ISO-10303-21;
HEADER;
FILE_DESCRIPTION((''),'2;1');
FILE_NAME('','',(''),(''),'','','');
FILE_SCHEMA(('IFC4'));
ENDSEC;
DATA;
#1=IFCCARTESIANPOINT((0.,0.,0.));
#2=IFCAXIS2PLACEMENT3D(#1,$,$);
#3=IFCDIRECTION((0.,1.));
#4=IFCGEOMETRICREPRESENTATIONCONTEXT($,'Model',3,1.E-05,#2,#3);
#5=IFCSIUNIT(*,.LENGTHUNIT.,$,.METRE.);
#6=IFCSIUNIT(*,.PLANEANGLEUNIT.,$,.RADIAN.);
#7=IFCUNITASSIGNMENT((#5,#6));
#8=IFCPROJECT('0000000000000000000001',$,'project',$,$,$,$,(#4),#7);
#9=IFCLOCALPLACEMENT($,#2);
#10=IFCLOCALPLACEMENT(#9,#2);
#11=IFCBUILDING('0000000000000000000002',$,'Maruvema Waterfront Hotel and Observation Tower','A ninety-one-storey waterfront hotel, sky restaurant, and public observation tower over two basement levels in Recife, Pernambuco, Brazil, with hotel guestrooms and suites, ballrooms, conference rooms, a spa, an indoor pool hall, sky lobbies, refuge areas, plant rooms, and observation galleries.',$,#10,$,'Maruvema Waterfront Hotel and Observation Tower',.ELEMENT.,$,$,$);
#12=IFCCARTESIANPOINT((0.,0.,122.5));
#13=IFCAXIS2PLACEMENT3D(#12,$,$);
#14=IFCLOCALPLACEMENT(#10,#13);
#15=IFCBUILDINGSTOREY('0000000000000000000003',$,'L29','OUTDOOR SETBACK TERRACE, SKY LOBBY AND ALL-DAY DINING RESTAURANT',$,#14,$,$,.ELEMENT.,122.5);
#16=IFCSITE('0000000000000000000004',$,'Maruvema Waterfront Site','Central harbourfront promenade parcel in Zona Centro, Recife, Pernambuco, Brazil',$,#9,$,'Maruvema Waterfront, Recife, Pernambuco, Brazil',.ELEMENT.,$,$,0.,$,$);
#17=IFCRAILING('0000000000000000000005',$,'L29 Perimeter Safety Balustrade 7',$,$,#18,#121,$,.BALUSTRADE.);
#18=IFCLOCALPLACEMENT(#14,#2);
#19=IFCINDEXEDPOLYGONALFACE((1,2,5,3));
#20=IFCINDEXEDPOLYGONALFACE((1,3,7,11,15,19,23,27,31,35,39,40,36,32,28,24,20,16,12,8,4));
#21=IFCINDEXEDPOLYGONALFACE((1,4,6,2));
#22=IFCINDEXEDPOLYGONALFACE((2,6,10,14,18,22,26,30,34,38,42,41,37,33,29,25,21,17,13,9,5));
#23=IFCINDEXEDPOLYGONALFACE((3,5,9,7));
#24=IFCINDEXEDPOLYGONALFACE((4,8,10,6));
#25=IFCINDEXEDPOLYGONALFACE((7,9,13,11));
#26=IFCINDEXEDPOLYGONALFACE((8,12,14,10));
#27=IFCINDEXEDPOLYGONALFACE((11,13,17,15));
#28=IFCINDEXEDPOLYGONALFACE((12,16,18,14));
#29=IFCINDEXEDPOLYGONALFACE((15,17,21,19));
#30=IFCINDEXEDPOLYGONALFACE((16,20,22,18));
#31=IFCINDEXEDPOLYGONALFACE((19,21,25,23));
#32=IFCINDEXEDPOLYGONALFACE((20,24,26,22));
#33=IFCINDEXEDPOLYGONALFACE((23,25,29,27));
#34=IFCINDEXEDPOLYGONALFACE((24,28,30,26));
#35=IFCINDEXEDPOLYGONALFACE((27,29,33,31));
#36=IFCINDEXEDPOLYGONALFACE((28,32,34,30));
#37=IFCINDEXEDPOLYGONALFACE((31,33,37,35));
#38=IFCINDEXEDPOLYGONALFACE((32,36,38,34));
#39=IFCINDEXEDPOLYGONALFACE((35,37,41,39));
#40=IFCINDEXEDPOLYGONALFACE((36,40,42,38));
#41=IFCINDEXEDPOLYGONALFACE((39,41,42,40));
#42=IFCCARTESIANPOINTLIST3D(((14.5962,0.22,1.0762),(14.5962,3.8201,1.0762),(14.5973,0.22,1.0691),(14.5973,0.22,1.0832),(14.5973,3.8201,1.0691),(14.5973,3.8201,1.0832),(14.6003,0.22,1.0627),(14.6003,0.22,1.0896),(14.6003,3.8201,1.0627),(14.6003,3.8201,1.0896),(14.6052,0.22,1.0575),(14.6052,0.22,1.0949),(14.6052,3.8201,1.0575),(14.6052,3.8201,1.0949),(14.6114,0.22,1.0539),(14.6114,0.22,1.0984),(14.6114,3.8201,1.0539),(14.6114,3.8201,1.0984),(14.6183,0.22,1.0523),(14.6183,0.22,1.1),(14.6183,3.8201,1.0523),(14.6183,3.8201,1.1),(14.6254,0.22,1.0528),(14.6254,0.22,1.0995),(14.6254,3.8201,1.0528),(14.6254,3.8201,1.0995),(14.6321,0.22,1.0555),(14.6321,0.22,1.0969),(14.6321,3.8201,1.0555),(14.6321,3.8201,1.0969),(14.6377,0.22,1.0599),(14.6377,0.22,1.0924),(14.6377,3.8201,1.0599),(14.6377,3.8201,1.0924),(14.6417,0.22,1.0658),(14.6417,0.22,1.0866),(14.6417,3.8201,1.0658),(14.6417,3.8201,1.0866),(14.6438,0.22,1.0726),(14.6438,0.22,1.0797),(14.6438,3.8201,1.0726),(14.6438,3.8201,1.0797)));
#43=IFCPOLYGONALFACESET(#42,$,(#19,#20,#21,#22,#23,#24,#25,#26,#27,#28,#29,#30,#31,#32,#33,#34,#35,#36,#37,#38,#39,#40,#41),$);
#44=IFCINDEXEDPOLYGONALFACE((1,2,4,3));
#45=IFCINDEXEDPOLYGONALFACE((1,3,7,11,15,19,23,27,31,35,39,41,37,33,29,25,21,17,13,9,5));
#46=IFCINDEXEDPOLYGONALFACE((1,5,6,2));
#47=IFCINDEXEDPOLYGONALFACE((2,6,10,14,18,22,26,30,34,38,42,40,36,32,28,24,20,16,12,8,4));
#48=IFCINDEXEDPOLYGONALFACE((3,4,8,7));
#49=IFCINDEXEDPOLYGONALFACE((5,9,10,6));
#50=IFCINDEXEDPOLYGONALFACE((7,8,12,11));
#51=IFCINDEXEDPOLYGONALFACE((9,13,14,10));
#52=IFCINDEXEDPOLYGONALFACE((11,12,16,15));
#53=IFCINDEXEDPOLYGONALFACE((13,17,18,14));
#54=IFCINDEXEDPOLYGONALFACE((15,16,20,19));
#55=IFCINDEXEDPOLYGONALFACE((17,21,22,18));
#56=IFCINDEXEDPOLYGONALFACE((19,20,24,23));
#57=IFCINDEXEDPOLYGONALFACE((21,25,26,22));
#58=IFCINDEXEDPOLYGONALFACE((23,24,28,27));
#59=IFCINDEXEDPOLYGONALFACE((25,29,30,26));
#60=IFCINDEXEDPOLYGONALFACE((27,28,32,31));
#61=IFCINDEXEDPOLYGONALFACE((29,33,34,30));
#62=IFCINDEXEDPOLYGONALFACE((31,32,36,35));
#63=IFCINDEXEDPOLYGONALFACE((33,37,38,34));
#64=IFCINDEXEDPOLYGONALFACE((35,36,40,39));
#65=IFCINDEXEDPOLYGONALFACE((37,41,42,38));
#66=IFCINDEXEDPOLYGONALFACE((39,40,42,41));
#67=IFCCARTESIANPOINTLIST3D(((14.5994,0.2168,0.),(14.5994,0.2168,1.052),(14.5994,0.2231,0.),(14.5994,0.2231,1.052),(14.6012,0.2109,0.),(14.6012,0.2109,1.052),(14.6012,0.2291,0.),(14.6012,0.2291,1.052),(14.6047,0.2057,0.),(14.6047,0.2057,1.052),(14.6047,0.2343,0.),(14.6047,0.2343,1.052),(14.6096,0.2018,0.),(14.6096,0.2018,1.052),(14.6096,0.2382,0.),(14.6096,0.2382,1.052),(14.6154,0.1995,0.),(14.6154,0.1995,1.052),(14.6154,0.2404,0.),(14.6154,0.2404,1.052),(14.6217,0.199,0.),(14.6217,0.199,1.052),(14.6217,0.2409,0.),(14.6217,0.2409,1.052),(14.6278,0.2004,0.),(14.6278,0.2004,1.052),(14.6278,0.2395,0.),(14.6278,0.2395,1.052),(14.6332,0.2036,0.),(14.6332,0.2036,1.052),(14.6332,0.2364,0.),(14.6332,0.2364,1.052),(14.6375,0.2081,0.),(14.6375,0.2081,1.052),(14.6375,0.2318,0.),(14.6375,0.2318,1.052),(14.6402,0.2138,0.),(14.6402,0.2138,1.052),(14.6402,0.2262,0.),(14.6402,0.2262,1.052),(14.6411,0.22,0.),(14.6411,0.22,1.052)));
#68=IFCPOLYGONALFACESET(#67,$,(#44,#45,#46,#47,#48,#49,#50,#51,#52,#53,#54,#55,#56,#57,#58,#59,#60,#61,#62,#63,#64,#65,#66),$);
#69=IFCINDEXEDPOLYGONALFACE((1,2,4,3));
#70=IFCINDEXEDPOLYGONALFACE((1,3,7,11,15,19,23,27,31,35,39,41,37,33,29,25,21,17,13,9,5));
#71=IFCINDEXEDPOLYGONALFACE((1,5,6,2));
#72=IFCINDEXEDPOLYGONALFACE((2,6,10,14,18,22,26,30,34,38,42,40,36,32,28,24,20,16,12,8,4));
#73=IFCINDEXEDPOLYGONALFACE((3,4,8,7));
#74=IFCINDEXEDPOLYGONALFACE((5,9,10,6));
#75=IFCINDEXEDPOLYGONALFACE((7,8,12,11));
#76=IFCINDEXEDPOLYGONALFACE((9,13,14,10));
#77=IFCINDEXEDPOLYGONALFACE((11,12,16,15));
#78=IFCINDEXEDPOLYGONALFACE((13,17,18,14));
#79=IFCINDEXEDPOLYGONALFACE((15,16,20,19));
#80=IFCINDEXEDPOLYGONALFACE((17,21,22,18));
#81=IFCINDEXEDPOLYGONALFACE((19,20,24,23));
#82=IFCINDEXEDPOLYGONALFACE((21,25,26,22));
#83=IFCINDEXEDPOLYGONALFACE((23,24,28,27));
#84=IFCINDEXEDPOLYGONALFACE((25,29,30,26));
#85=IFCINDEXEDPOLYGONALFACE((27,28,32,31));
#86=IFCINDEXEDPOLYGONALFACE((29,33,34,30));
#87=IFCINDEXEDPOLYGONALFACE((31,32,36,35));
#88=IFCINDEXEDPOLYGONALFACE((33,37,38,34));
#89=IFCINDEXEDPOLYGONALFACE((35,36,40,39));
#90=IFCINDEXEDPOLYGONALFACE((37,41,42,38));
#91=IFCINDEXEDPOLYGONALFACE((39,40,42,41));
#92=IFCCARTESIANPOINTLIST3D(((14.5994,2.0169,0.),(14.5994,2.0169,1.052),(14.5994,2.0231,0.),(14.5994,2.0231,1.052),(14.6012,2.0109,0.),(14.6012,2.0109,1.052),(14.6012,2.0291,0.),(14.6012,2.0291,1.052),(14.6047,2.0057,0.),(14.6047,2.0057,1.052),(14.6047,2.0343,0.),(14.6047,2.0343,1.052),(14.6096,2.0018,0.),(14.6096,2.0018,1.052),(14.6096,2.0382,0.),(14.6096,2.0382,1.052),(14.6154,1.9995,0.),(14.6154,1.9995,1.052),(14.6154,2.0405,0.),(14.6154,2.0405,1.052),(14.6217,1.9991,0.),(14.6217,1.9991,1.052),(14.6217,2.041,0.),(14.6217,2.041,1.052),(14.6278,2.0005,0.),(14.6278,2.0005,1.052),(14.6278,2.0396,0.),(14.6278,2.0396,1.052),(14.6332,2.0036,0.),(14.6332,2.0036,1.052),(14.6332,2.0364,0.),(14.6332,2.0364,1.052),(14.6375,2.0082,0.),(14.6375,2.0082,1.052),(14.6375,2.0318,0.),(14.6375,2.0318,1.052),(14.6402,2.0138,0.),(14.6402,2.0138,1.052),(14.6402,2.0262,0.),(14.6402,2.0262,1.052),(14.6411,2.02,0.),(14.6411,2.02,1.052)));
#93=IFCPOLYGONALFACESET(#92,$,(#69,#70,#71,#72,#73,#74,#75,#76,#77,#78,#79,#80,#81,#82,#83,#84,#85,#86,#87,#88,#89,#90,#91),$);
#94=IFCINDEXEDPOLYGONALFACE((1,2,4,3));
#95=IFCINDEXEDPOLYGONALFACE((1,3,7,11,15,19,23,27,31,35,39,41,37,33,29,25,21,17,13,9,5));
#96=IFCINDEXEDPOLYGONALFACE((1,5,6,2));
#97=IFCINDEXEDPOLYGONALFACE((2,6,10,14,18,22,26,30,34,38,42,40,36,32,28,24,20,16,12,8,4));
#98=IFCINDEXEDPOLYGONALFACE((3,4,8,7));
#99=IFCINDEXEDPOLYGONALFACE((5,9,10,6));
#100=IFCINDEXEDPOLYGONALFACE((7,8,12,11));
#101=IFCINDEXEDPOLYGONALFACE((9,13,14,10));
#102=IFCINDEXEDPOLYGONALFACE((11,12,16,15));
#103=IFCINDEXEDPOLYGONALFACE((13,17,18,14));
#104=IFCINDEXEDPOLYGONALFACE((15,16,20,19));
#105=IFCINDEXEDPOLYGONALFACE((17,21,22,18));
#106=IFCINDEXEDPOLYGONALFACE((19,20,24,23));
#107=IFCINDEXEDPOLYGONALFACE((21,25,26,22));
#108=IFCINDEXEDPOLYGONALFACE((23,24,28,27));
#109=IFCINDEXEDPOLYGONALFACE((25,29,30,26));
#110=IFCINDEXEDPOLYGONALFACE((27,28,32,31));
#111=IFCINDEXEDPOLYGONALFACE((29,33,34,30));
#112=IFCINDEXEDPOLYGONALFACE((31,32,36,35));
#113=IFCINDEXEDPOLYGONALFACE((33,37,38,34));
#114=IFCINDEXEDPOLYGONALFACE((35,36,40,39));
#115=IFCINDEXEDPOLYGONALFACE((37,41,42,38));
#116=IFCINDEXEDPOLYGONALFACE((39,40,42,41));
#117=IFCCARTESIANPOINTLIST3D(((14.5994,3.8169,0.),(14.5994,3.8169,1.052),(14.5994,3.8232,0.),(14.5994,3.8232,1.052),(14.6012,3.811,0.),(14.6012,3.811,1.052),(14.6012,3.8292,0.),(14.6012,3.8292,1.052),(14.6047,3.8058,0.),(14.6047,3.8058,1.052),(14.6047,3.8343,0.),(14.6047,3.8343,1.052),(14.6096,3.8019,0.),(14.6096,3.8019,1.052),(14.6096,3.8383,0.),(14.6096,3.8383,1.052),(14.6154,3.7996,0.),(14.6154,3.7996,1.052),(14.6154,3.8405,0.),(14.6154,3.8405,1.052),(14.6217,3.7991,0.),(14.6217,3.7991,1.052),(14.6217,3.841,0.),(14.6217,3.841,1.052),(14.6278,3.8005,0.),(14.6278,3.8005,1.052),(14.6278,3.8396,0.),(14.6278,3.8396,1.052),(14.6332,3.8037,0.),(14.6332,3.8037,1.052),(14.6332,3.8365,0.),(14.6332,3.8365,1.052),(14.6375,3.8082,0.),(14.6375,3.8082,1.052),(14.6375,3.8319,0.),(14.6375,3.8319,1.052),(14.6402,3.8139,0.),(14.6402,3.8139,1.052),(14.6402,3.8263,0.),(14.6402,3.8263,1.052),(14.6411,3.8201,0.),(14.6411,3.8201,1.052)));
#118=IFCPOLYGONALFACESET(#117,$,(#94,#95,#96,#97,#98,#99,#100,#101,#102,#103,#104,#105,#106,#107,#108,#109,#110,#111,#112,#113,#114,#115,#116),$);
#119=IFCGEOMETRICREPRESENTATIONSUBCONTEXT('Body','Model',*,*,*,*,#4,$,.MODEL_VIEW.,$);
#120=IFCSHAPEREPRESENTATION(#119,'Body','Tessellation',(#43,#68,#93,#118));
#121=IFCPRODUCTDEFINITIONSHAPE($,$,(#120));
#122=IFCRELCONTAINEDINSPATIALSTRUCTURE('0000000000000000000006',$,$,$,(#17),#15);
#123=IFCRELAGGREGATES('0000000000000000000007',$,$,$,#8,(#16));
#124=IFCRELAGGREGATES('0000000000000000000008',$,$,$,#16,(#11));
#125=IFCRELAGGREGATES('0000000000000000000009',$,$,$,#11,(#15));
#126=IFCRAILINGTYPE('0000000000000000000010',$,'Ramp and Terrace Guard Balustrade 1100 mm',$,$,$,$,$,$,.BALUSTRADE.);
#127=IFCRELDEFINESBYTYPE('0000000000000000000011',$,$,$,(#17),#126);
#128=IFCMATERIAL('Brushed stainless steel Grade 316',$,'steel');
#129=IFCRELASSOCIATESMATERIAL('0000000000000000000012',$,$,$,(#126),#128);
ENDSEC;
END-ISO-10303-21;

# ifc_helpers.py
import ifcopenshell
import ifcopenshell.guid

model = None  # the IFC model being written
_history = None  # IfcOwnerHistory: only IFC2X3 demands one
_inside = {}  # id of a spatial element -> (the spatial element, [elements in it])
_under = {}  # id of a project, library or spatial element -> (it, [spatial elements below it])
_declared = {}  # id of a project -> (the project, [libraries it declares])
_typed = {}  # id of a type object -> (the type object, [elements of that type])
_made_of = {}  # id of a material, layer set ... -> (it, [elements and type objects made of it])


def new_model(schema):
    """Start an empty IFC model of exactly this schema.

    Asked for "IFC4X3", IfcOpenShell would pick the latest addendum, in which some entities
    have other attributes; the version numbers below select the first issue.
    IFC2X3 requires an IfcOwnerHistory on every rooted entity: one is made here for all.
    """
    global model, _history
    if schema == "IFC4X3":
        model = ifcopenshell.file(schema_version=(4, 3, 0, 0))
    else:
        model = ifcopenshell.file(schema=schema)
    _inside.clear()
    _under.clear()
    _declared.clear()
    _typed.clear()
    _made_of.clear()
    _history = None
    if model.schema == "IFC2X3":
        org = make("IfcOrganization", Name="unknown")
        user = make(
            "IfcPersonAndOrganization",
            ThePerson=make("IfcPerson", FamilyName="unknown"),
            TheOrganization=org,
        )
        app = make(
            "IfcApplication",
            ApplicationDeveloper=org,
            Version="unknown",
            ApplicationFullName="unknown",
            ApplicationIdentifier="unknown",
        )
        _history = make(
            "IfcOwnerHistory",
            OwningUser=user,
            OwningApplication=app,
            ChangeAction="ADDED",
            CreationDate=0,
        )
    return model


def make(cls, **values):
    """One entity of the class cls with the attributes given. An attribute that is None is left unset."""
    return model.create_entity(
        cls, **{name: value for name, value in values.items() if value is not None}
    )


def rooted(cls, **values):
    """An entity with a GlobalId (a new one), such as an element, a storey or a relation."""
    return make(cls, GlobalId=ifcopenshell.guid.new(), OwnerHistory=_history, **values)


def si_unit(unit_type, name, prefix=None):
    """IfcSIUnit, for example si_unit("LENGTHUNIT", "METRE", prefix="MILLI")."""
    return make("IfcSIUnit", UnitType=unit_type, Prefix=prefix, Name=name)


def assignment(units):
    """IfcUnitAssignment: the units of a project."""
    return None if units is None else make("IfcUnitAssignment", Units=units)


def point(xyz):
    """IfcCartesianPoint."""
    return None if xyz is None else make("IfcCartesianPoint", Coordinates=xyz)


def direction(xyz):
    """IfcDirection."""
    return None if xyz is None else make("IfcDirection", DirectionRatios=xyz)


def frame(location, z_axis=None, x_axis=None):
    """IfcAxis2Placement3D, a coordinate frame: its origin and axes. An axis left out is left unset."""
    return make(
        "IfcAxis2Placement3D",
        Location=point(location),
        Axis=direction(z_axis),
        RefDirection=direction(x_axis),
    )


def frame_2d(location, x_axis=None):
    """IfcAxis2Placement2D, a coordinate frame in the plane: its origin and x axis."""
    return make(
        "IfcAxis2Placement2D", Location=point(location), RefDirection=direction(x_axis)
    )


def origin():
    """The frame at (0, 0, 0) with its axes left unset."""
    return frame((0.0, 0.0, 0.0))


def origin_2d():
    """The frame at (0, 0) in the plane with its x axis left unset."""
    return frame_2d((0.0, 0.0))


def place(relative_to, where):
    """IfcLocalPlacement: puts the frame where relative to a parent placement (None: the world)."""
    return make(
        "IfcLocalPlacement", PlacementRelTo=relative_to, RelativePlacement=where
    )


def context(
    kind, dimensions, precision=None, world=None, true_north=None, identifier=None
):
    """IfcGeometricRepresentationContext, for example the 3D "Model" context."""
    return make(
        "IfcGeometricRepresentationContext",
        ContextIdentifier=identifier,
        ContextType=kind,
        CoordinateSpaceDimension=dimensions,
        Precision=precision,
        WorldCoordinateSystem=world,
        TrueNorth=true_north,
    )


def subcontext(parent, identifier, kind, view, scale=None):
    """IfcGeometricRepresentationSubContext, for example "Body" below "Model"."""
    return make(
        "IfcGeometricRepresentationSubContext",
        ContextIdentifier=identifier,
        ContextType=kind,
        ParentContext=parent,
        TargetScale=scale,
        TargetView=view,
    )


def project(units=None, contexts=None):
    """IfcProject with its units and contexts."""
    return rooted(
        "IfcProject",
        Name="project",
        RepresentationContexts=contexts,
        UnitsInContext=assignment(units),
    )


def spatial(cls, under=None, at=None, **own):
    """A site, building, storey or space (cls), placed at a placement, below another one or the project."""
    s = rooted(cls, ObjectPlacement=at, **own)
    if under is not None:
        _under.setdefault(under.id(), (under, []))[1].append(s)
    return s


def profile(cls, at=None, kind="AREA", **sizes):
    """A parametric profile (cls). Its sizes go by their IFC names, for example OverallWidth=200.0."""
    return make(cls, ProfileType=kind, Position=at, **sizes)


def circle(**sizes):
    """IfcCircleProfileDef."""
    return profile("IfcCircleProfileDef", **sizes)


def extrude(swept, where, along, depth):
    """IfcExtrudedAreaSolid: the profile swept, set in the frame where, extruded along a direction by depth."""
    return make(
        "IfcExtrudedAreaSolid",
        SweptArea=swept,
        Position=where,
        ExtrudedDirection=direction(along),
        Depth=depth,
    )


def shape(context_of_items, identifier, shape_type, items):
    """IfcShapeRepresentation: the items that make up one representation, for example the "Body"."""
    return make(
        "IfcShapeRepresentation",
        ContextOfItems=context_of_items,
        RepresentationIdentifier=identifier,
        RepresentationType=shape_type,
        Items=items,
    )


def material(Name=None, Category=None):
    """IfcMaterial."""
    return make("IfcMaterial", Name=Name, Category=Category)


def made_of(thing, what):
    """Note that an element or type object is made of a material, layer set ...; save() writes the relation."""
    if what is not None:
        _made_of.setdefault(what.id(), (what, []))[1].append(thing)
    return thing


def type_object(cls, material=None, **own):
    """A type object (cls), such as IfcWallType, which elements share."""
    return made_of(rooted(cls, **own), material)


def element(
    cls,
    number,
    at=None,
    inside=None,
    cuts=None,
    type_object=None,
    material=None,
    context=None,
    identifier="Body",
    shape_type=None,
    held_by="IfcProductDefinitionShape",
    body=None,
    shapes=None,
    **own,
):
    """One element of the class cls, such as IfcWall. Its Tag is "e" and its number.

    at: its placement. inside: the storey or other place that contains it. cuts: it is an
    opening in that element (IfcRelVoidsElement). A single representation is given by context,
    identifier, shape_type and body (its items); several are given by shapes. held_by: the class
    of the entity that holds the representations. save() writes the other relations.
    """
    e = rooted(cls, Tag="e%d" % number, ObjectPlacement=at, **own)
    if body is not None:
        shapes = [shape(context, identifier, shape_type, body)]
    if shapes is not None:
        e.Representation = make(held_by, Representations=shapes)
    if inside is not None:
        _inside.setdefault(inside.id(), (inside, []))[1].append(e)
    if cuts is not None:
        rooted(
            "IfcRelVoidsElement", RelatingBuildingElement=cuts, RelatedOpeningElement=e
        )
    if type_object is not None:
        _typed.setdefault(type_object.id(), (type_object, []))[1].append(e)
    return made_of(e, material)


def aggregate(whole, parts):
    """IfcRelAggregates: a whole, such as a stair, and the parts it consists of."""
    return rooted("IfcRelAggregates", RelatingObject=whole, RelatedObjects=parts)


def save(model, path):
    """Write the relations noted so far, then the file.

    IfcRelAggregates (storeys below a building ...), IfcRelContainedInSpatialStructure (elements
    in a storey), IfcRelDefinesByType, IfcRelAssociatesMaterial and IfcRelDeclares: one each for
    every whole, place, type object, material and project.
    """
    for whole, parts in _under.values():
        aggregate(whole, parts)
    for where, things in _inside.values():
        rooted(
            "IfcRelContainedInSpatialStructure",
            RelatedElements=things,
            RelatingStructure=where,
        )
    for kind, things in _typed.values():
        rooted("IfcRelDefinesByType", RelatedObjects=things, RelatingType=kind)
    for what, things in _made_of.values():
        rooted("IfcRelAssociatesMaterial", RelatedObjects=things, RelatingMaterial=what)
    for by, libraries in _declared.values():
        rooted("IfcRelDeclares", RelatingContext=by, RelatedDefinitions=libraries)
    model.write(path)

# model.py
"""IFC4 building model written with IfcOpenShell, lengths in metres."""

from ifc_helpers import new_model, si_unit, direction, frame, origin, origin_2d, place, context, subcontext, project, spatial, circle, extrude, material, type_object, element, save


model = new_model("IFC4")

# Units and contexts
model_context = context("Model", 3, precision=1e-05, world=origin(), true_north=direction((0.0, 1.0)))
body_context = subcontext(model_context, "Body", "Model", "MODEL_VIEW")
ifc_project = project(units=[si_unit("LENGTHUNIT", "METRE"), si_unit("PLANEANGLEUNIT", "RADIAN")], contexts=[model_context])

# Site, building, storey
site_placement = place(None, origin())
site = spatial("IfcSite", under=ifc_project, at=site_placement, Name="Maruvema Waterfront Site", Description="Central harbourfront promenade parcel in Zona Centro, Recife, Pernambuco, Brazil", LongName="Maruvema Waterfront, Recife, Pernambuco, Brazil", CompositionType="ELEMENT", RefElevation=0.0)
building_placement = place(site_placement, origin())
building = spatial("IfcBuilding", under=site, at=building_placement, Name="Maruvema Waterfront Hotel and Observation Tower", Description="A ninety-one-storey waterfront hotel, sky restaurant, and public observation tower over two basement levels in Recife, Pernambuco, Brazil, with hotel guestrooms and suites, ballrooms, conference rooms, a spa, an indoor pool hall, sky lobbies, refuge areas, plant rooms, and observation galleries.", LongName="Maruvema Waterfront Hotel and Observation Tower", CompositionType="ELEMENT")
storey_placement = place(building_placement, frame((0.0, 0.0, 122.5)))
storey = spatial("IfcBuildingStorey", under=building, at=storey_placement, Name="L29", Description="OUTDOOR SETBACK TERRACE, SKY LOBBY AND ALL-DAY DINING RESTAURANT", CompositionType="ELEMENT", Elevation=122.5)

# Railing
ifc_material_1 = material(Name="Brushed stainless steel Grade 316", Category="steel")
railing_type = type_object("IfcRailingType", Name="Ramp and Terrace Guard Balustrade 1100 mm", PredefinedType="BALUSTRADE", material=ifc_material_1)
railing_1_placement = place(storey_placement, frame((14.6201, 0.22, 0.0)))
element("IfcRailing", 1, at=railing_1_placement, inside=storey, type_object=railing_type, Name="L29 Perimeter Safety Balustrade 7", PredefinedType="BALUSTRADE", context=body_context, shape_type="SweptSolid", body=[
    extrude(circle(Radius=0.0239, at=origin_2d()), frame((0.0, 0.0, 1.0762), z_axis=(0.0, 1.0, 0.0), x_axis=(-1.0, 0.0, 0.0)), (0.0, 0.0, 1.0), 3.6001),
    extrude(circle(Radius=0.021, at=origin_2d()), origin(), (0.0, 0.0, 1.0), 1.052),
    extrude(circle(Radius=0.021, at=origin_2d()), frame((0.0, 1.8, 0.0)), (0.0, 0.0, 1.0), 1.052),
    extrude(circle(Radius=0.021, at=origin_2d()), frame((0.0, 3.6001, 0.0)), (0.0, 0.0, 1.0), 1.052),
])

save(model, "model.ifc")
